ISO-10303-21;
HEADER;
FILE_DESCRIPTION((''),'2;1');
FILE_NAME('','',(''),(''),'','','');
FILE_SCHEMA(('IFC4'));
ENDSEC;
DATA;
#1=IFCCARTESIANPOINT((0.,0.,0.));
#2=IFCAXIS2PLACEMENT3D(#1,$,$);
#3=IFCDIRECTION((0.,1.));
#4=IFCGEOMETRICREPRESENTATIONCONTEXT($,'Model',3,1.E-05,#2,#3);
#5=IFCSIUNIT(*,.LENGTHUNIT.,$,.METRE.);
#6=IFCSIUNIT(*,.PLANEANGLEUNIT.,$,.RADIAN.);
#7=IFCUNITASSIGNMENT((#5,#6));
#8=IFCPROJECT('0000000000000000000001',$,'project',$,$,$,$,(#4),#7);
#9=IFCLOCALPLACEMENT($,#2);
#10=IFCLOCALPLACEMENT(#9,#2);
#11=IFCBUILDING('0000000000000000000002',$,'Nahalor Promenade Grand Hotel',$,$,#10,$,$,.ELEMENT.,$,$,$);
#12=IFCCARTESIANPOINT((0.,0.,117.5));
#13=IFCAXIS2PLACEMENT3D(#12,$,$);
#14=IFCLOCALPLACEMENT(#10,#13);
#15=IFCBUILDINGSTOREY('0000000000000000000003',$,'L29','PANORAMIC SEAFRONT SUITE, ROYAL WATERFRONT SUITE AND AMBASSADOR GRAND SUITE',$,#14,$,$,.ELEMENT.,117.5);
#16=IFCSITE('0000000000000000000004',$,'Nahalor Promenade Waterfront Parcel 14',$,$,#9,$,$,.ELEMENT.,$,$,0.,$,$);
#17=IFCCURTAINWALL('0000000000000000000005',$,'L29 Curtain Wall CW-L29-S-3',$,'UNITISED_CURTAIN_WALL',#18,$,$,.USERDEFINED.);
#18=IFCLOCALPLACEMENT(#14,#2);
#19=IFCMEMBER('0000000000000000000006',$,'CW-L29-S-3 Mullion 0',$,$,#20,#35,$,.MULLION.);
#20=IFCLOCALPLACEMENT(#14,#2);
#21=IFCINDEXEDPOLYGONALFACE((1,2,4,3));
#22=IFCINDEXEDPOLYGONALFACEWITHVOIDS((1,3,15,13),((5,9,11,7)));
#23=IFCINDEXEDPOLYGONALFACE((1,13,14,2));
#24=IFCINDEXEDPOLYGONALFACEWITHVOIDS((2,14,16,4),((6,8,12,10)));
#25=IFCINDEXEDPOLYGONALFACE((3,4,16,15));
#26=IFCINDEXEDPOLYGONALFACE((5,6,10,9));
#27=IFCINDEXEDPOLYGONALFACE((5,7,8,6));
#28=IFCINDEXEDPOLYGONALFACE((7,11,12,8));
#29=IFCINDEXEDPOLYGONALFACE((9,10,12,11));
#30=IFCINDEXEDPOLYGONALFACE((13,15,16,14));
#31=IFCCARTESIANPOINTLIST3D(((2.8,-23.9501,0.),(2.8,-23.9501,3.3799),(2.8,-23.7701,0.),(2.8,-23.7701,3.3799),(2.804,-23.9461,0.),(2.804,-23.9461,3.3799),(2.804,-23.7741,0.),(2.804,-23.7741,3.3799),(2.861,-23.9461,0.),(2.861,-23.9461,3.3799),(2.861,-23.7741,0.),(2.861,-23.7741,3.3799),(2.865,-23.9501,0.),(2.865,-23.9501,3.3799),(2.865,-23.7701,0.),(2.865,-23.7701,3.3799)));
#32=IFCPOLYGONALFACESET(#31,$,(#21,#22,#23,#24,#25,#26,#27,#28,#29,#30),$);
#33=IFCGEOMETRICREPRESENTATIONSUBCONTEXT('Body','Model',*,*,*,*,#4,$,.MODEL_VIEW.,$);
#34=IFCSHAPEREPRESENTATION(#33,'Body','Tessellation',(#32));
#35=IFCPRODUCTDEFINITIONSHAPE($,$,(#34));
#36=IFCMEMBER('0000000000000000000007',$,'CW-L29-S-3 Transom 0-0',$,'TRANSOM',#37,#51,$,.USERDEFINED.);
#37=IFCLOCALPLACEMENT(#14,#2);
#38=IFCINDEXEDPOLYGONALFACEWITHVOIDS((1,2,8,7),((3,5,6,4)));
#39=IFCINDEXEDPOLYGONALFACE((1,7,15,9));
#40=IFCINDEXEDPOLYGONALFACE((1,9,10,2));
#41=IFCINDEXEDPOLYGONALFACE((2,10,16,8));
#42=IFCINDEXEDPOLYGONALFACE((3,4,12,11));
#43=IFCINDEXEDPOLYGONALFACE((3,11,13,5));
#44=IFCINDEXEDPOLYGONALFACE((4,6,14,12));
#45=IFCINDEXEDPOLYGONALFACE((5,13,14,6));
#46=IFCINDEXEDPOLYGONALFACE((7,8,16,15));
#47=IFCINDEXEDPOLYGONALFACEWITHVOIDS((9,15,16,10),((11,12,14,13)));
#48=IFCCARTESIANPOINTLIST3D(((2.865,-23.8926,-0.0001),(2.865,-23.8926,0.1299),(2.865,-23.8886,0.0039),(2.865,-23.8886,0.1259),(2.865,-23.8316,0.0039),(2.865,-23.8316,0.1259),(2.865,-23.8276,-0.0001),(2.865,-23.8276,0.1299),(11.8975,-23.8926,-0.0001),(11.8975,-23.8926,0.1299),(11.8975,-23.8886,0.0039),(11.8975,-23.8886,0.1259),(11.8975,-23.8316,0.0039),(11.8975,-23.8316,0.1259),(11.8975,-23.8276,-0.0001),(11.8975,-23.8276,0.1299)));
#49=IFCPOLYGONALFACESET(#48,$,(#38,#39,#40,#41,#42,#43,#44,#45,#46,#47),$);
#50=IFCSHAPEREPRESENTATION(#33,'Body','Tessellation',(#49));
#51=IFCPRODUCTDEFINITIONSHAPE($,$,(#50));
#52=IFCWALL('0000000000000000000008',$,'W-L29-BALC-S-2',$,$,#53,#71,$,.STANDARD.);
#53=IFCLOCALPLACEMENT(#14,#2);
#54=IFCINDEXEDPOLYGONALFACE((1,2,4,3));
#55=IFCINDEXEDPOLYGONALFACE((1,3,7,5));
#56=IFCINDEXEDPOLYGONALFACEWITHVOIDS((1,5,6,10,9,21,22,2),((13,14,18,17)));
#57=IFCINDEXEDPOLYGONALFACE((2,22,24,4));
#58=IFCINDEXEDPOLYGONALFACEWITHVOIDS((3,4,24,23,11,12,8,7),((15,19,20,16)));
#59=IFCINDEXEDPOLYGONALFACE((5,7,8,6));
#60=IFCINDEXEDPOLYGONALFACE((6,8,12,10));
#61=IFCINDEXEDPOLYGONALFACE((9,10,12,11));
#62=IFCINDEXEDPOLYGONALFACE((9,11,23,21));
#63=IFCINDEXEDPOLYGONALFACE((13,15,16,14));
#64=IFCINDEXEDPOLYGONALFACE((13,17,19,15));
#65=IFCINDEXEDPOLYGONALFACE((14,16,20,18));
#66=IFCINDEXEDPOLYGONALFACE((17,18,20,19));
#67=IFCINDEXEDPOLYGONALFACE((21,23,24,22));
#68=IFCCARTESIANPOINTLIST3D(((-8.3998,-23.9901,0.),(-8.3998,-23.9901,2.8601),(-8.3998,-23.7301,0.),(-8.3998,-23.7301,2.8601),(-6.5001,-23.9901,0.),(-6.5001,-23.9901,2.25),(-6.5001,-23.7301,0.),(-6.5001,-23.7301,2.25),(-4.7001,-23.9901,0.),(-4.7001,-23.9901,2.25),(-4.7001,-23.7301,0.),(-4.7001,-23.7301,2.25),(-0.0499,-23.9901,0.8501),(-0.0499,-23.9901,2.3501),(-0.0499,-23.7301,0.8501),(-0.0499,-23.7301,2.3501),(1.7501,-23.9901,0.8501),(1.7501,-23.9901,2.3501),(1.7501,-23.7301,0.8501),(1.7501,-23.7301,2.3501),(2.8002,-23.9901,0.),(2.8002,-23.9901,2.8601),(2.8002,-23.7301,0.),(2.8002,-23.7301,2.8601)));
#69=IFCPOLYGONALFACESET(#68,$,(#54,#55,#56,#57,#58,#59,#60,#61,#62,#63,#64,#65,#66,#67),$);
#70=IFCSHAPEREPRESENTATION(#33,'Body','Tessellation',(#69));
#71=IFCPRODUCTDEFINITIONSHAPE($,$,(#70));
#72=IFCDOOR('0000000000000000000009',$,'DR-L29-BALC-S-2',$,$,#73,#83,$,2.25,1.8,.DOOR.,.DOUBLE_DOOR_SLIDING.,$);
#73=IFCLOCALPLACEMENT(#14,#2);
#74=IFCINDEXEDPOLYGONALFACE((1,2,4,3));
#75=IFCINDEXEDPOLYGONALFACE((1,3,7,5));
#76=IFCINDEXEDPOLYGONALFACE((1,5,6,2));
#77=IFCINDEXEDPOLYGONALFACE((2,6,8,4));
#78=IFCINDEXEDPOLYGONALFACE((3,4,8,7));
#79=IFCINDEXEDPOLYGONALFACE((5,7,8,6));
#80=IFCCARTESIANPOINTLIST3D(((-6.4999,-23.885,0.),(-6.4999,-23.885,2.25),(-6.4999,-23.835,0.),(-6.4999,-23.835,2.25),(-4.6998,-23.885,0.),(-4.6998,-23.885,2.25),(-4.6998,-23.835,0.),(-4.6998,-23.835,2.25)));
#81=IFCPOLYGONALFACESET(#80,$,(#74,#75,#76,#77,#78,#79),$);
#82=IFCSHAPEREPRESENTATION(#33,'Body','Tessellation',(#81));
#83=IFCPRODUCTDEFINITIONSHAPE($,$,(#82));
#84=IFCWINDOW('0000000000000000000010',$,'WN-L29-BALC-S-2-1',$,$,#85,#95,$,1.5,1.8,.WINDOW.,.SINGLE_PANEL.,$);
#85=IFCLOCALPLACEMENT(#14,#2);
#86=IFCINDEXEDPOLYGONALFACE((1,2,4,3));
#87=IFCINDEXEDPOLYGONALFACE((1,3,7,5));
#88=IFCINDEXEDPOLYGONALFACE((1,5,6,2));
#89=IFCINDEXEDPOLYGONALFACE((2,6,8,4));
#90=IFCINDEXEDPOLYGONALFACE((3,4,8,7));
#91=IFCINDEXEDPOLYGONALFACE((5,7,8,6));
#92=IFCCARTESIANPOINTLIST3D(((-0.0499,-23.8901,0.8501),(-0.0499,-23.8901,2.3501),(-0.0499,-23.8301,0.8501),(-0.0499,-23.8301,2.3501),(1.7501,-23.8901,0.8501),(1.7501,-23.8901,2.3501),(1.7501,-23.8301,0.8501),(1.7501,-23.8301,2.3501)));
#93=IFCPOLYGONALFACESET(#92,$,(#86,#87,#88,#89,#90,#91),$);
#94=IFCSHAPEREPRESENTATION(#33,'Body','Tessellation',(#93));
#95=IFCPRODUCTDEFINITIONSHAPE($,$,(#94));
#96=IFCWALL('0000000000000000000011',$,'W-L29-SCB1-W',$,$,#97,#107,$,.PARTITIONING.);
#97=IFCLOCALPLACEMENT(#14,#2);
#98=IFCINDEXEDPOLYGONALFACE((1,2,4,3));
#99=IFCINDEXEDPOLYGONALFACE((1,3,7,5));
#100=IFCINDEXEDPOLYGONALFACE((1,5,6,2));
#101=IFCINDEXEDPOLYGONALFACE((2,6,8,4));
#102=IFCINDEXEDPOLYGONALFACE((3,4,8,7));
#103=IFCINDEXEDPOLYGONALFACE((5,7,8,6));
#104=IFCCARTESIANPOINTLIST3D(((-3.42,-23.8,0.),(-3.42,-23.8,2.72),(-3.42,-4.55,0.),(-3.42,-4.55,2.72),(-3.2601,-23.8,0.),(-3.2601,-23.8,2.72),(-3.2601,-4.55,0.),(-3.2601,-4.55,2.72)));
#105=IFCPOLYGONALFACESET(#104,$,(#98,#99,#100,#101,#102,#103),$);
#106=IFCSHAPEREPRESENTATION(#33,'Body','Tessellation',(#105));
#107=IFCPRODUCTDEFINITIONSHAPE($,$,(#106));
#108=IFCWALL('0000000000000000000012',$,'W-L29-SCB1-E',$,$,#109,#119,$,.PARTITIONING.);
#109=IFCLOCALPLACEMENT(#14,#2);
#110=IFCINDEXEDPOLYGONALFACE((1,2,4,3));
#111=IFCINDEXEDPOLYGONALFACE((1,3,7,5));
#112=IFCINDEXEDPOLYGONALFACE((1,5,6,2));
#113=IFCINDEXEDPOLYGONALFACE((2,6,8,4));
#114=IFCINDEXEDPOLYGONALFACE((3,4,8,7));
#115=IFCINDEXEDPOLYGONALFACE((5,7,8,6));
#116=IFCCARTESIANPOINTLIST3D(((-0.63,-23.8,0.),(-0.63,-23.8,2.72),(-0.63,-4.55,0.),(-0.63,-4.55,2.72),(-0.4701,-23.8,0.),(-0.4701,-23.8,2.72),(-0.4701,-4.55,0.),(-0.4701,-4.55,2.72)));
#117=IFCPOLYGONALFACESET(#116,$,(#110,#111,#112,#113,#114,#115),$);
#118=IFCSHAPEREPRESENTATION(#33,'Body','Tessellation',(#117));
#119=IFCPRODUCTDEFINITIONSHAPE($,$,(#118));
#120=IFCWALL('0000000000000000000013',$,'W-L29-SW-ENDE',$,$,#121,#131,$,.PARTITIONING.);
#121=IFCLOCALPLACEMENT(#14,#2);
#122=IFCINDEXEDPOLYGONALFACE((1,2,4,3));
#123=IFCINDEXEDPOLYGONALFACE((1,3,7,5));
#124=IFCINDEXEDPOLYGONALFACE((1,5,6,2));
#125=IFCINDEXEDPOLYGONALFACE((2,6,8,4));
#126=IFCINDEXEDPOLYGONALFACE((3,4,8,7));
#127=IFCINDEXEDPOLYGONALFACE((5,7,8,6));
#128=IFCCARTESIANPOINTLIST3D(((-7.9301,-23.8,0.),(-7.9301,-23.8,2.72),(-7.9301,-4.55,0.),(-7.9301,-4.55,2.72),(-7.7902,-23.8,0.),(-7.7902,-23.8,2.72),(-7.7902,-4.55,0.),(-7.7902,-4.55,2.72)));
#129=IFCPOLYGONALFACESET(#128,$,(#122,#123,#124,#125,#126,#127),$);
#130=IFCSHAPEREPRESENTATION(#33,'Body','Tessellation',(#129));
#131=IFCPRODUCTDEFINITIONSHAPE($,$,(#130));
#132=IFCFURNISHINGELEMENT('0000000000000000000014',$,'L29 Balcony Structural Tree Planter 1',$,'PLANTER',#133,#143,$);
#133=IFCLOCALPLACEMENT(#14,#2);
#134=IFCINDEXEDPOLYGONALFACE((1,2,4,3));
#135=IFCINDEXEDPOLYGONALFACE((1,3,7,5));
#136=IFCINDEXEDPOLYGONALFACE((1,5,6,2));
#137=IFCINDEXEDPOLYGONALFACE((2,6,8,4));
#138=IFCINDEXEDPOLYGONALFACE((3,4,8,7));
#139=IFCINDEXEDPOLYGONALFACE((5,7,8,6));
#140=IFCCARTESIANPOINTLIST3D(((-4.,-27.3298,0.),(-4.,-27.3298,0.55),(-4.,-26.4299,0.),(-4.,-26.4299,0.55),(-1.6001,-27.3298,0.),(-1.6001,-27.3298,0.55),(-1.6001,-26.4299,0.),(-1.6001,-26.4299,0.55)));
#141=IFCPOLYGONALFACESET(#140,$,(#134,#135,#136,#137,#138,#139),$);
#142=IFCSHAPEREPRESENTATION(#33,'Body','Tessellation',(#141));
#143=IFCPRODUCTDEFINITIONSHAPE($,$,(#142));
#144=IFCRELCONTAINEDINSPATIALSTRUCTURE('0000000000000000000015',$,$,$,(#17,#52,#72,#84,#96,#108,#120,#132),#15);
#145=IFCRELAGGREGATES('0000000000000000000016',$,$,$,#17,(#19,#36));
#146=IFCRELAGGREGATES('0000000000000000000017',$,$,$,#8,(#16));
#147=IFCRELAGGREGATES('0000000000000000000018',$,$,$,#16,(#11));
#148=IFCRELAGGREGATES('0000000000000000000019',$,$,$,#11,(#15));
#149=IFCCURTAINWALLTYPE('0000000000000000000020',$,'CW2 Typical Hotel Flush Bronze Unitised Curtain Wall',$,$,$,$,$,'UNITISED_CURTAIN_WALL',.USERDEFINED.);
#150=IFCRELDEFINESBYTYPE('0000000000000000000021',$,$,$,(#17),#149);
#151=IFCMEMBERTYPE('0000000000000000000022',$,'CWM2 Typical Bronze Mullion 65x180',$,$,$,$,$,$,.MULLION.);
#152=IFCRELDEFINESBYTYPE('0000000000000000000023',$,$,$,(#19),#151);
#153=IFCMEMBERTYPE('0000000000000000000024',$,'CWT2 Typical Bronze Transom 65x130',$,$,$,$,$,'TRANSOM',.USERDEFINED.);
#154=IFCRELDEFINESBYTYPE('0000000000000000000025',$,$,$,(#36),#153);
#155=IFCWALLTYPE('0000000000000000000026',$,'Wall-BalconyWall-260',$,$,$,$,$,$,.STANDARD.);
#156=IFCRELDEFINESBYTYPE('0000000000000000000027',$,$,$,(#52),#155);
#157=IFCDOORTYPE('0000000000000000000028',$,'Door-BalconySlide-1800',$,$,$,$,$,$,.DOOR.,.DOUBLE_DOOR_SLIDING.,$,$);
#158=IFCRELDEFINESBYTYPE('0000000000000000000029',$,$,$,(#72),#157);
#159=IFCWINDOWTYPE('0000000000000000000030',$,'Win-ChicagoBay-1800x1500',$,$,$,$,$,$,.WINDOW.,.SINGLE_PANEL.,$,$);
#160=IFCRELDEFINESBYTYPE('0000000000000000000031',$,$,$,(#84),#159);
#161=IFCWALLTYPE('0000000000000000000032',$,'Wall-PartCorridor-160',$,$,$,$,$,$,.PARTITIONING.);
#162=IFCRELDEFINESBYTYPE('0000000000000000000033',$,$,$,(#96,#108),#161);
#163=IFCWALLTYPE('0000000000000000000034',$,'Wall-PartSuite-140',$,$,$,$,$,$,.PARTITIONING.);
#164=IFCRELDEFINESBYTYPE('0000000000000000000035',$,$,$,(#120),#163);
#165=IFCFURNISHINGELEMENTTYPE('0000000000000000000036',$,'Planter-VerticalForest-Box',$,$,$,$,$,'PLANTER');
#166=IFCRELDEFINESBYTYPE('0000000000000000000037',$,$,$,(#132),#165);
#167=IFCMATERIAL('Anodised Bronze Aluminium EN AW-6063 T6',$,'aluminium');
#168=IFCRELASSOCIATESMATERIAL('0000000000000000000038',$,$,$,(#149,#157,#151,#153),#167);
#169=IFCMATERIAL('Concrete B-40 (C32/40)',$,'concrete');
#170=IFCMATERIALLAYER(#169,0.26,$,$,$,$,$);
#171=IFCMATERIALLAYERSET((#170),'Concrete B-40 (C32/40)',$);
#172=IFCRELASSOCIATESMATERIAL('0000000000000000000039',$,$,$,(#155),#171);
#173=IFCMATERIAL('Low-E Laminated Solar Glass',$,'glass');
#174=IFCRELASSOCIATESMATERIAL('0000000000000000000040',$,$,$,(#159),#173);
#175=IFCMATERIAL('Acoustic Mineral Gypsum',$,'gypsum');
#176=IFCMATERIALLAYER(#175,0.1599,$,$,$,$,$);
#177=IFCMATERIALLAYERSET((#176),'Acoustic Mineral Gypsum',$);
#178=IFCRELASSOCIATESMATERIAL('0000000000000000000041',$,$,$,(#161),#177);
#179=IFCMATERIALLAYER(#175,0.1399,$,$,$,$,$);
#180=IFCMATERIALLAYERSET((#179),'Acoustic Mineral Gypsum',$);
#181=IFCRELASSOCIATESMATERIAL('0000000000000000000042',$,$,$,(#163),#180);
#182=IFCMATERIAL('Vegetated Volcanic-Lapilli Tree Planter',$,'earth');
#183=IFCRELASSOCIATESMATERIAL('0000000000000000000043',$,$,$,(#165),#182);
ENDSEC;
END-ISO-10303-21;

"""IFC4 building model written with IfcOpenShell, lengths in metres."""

from ifc_helpers import new_model, si_unit, direction, frame, frame_2d, origin, origin_2d, place, context, subcontext, project, spatial, rectangle, hollow_rectangle, extrude, source, transform, mapped, material, layer, layer_set, material_profile, profile_set, type_object, element, fill, aggregate, save


model = new_model("IFC4")

# Units and contexts
model_context = context("Model", 3, precision=1e-05, world=origin(), true_north=direction((0.0, 1.0)))
body_context = subcontext(model_context, "Body", "Model", "MODEL_VIEW")
ifc_project = project(units=[si_unit("LENGTHUNIT", "METRE"), si_unit("PLANEANGLEUNIT", "RADIAN")], contexts=[model_context])

# Site, building, storey
site_placement = place(None, origin())
site = spatial("IfcSite", under=ifc_project, at=site_placement, Name="Nahalor Promenade Waterfront Parcel 14", CompositionType="ELEMENT", RefElevation=0.0)
building_placement = place(site_placement, origin())
building = spatial("IfcBuilding", under=site, at=building_placement, Name="Nahalor Promenade Grand Hotel", CompositionType="ELEMENT")
storey_placement = place(building_placement, frame((0.0, 0.0, 117.5)))
storey = spatial("IfcBuildingStorey", under=building, at=storey_placement, Name="L29", Description="PANORAMIC SEAFRONT SUITE, ROYAL WATERFRONT SUITE AND AMBASSADOR GRAND SUITE", CompositionType="ELEMENT", Elevation=117.5)

# Curtain wall, members
ifc_material_1 = material(Name="Anodised Bronze Aluminium EN AW-6063 T6", Category="aluminium")
curtain_wall_type = type_object("IfcCurtainWallType", Name="CW2 Typical Hotel Flush Bronze Unitised Curtain Wall", ElementType="UNITISED_CURTAIN_WALL", PredefinedType="USERDEFINED", material=ifc_material_1)
curtain_wall_placement = place(storey_placement, origin())
curtain_wall = element("IfcCurtainWall", 1, at=curtain_wall_placement, inside=storey, type_object=curtain_wall_type, Name="L29 Curtain Wall CW-L29-S-3", ObjectType="UNITISED_CURTAIN_WALL", PredefinedType="USERDEFINED")
ifc_material_profile_1 = material_profile(ifc_material_1, hollow_rectangle(XDim=0.065, YDim=0.18, WallThickness=0.004, at=origin_2d()), Name="CWM 65x180x4")
ifc_profile_set_1 = profile_set([ifc_material_profile_1], Name="Anodised Bronze Aluminium EN AW-6063 T6")
member_type_1 = type_object("IfcMemberType", Name="CWM2 Typical Bronze Mullion 65x180", PredefinedType="MULLION", material=ifc_profile_set_1)
shared_shape_1 = source(origin(), body_context, "Body", "SweptSolid", [
    extrude(hollow_rectangle(XDim=0.065, YDim=0.18, WallThickness=0.004, at=origin_2d()), origin(), (0.0, 0.0, 1.0), 3.3799),
])
member_1_placement = place(storey_placement, frame((2.8325, -23.8601, 0.0), z_axis=(0.0, 0.0, 1.0), x_axis=(1.0, 0.0, 0.0)))
member_1 = element("IfcMember", 2, at=member_1_placement, type_object=member_type_1, Name="CW-L29-S-3 Mullion 0", PredefinedType="MULLION", context=body_context, shape_type="MappedRepresentation", body=[
    mapped(shared_shape_1, transform((0.0, 0.0, 0.0), scale=1.0)),
])
ifc_material_profile_2 = material_profile(ifc_material_1, hollow_rectangle(XDim=0.065, YDim=0.13, WallThickness=0.004, at=origin_2d()), Name="CWT 65x130x4")
ifc_profile_set_2 = profile_set([ifc_material_profile_2], Name="Anodised Bronze Aluminium EN AW-6063 T6")
member_type_2 = type_object("IfcMemberType", Name="CWT2 Typical Bronze Transom 65x130", ElementType="TRANSOM", PredefinedType="USERDEFINED", material=ifc_profile_set_2)
shared_shape_2 = source(origin(), body_context, "Body", "SweptSolid", [
    extrude(hollow_rectangle(XDim=0.065, YDim=0.13, WallThickness=0.004, at=origin_2d()), origin(), (0.0, 0.0, 1.0), 9.0325),
])
member_2_placement = place(storey_placement, frame((2.865, -23.8601, 0.0649), z_axis=(1.0, 0.0, 0.0), x_axis=(0.0, 1.0, 0.0)))
member_2 = element("IfcMember", 3, at=member_2_placement, type_object=member_type_2, Name="CW-L29-S-3 Transom 0-0", ObjectType="TRANSOM", PredefinedType="USERDEFINED", context=body_context, shape_type="MappedRepresentation", body=[
    mapped(shared_shape_2, transform((0.0, 0.0, 0.0), scale=1.0)),
])
aggregate(curtain_wall, [member_1, member_2])

# Wall, openings, door, window
ifc_material_2 = material(Name="Concrete B-40 (C32/40)", Category="concrete")
ifc_layer_1 = layer(ifc_material_2, 0.26)
ifc_layer_set_1 = layer_set([ifc_layer_1], Name="Concrete B-40 (C32/40)")
wall_type_1 = type_object("IfcWallType", Name="Wall-BalconyWall-260", PredefinedType="STANDARD", material=ifc_layer_set_1)
shared_shape_3 = source(origin(), body_context, "Body", "SweptSolid", [
    extrude(rectangle(XDim=11.2, YDim=0.26, at=frame_2d((5.6001, 0.0))), origin(), (0.0, 0.0, 1.0), 2.8601),
])
wall_1_placement = place(storey_placement, frame((-8.3999, -23.8601, 0.0), z_axis=(0.0, 0.0, 1.0), x_axis=(1.0, 0.0, 0.0)))
wall_1 = element("IfcWall", 4, at=wall_1_placement, inside=storey, type_object=wall_type_1, Name="W-L29-BALC-S-2", PredefinedType="STANDARD", context=body_context, shape_type="MappedRepresentation", body=[
    mapped(shared_shape_3, transform((0.0, 0.0, 0.0), scale=1.0)),
])
opening_1_placement = place(wall_1_placement, frame((1.8999, 0.0, 0.0)))
opening_1 = element("IfcOpeningElement", 5, at=opening_1_placement, cuts=wall_1, PredefinedType="OPENING", context=body_context, shape_type="SweptSolid", body=[
    extrude(rectangle(XDim=1.8, YDim=2.25, at=frame_2d((0.8999, 1.125))), frame((0.0, 0.1399, 0.0), z_axis=(0.0, -1.0, 0.0), x_axis=(1.0, 0.0, 0.0)), (0.0, 0.0, 1.0), 0.28),
])
opening_2_placement = place(wall_1_placement, frame((8.3501, 0.0, 0.8501)))
opening_2 = element("IfcOpeningElement", 6, at=opening_2_placement, cuts=wall_1, PredefinedType="OPENING", context=body_context, shape_type="SweptSolid", body=[
    extrude(rectangle(XDim=1.8, YDim=1.5, at=frame_2d((0.8999, 0.75))), frame((0.0, 0.1399, 0.0), z_axis=(0.0, -1.0, 0.0), x_axis=(1.0, 0.0, 0.0)), (0.0, 0.0, 1.0), 0.28),
])
door_type = type_object("IfcDoorType", Name="Door-BalconySlide-1800", OperationType="DOUBLE_DOOR_SLIDING", PredefinedType="DOOR", material=ifc_material_1)
shared_shape_4 = source(origin(), body_context, "Body", "SweptSolid", [
    extrude(rectangle(XDim=1.8, YDim=2.25, at=frame_2d((0.8999, 1.125))), frame((0.0, 0.0249, 0.0), z_axis=(0.0, -1.0, 0.0), x_axis=(1.0, 0.0, 0.0)), (0.0, 0.0, 1.0), 0.05),
])
door_placement = place(opening_1_placement, frame((1.8, 0.0, 0.0), z_axis=(0.0, 0.0, 1.0), x_axis=(-1.0, 0.0, 0.0)))
door = element("IfcDoor", 7, at=door_placement, inside=storey, type_object=door_type, Name="DR-L29-BALC-S-2", OperationType="DOUBLE_DOOR_SLIDING", OverallHeight=2.25, OverallWidth=1.8, PredefinedType="DOOR", context=body_context, shape_type="MappedRepresentation", body=[
    mapped(shared_shape_4, transform((0.0, 0.0, 0.0), scale=1.0)),
])
fill(opening_1, door)
ifc_material_3 = material(Name="Low-E Laminated Solar Glass", Category="glass")
window_type = type_object("IfcWindowType", Name="Win-ChicagoBay-1800x1500", PartitioningType="SINGLE_PANEL", PredefinedType="WINDOW", material=ifc_material_3)
shared_shape_5 = source(origin(), body_context, "Body", "SweptSolid", [
    extrude(rectangle(XDim=1.8, YDim=1.5, at=frame_2d((0.8999, 0.75))), frame((0.0, 0.03, 0.0), z_axis=(0.0, -1.0, 0.0), x_axis=(1.0, 0.0, 0.0)), (0.0, 0.0, 1.0), 0.0601),
])
window_placement = place(opening_2_placement, origin())
window = element("IfcWindow", 8, at=window_placement, inside=storey, type_object=window_type, Name="WN-L29-BALC-S-2-1", OverallHeight=1.5, OverallWidth=1.8, PartitioningType="SINGLE_PANEL", PredefinedType="WINDOW", context=body_context, shape_type="MappedRepresentation", body=[
    mapped(shared_shape_5, transform((0.0, 0.0, 0.0), scale=1.0)),
])
fill(opening_2, window)

# Walls
ifc_material_4 = material(Name="Acoustic Mineral Gypsum", Category="gypsum")
ifc_layer_2 = layer(ifc_material_4, 0.1599)
ifc_layer_set_2 = layer_set([ifc_layer_2], Name="Acoustic Mineral Gypsum")
wall_type_2 = type_object("IfcWallType", Name="Wall-PartCorridor-160", PredefinedType="PARTITIONING", material=ifc_layer_set_2)
shared_shape_6 = source(origin(), body_context, "Body", "SweptSolid", [
    extrude(rectangle(XDim=19.25, YDim=0.1599, at=frame_2d((9.625, 0.0))), origin(), (0.0, 0.0, 1.0), 2.72),
])
for number, where, z_axis, x_axis, name in (
    (9, (-3.3401, -23.8, 0.0), (0.0, 0.0, 1.0), (0.0, 1.0, 0.0), "W-L29-SCB1-W"),
    (10, (-0.55, -23.8, 0.0), (0.0, 0.0, 1.0), (0.0, 1.0, 0.0), "W-L29-SCB1-E"),
):
    element("IfcWall", number, at=place(storey_placement, frame(where, z_axis=z_axis, x_axis=x_axis)), inside=storey, type_object=wall_type_2, Name=name, PredefinedType="PARTITIONING", context=body_context, shape_type="MappedRepresentation", body=[
        mapped(shared_shape_6, transform((0.0, 0.0, 0.0), scale=1.0)),
    ])
ifc_layer_3 = layer(ifc_material_4, 0.1399)
ifc_layer_set_3 = layer_set([ifc_layer_3], Name="Acoustic Mineral Gypsum")
wall_type_3 = type_object("IfcWallType", Name="Wall-PartSuite-140", PredefinedType="PARTITIONING", material=ifc_layer_set_3)
shared_shape_7 = source(origin(), body_context, "Body", "SweptSolid", [
    extrude(rectangle(XDim=19.25, YDim=0.1399, at=frame_2d((9.625, 0.0))), origin(), (0.0, 0.0, 1.0), 2.72),
])
wall_2_placement = place(storey_placement, frame((-7.8601, -23.8, 0.0), z_axis=(0.0, 0.0, 1.0), x_axis=(0.0, 1.0, 0.0)))
element("IfcWall", 11, at=wall_2_placement, inside=storey, type_object=wall_type_3, Name="W-L29-SW-ENDE", PredefinedType="PARTITIONING", context=body_context, shape_type="MappedRepresentation", body=[
    mapped(shared_shape_7, transform((0.0, 0.0, 0.0), scale=1.0)),
])

# Furnishing element
ifc_material_5 = material(Name="Vegetated Volcanic-Lapilli Tree Planter", Category="earth")
furnishing_element_type = type_object("IfcFurnishingElementType", Name="Planter-VerticalForest-Box", ElementType="PLANTER", material=ifc_material_5)
shared_shape_8 = source(origin(), body_context, "Body", "SweptSolid", [
    extrude(rectangle(XDim=2.3999, YDim=0.8999, at=origin_2d()), origin(), (0.0, 0.0, 1.0), 0.55),
])
furnishing_placement = place(storey_placement, frame((-2.8, -26.8799, 0.0), z_axis=(0.0, 0.0, 1.0), x_axis=(1.0, 0.0, 0.0)))
element("IfcFurnishingElement", 12, at=furnishing_placement, inside=storey, type_object=furnishing_element_type, Name="L29 Balcony Structural Tree Planter 1", ObjectType="PLANTER", context=body_context, shape_type="MappedRepresentation", body=[
    mapped(shared_shape_8, transform((0.0, 0.0, 0.0), scale=1.0)),
])

save(model, "model.ifc")
